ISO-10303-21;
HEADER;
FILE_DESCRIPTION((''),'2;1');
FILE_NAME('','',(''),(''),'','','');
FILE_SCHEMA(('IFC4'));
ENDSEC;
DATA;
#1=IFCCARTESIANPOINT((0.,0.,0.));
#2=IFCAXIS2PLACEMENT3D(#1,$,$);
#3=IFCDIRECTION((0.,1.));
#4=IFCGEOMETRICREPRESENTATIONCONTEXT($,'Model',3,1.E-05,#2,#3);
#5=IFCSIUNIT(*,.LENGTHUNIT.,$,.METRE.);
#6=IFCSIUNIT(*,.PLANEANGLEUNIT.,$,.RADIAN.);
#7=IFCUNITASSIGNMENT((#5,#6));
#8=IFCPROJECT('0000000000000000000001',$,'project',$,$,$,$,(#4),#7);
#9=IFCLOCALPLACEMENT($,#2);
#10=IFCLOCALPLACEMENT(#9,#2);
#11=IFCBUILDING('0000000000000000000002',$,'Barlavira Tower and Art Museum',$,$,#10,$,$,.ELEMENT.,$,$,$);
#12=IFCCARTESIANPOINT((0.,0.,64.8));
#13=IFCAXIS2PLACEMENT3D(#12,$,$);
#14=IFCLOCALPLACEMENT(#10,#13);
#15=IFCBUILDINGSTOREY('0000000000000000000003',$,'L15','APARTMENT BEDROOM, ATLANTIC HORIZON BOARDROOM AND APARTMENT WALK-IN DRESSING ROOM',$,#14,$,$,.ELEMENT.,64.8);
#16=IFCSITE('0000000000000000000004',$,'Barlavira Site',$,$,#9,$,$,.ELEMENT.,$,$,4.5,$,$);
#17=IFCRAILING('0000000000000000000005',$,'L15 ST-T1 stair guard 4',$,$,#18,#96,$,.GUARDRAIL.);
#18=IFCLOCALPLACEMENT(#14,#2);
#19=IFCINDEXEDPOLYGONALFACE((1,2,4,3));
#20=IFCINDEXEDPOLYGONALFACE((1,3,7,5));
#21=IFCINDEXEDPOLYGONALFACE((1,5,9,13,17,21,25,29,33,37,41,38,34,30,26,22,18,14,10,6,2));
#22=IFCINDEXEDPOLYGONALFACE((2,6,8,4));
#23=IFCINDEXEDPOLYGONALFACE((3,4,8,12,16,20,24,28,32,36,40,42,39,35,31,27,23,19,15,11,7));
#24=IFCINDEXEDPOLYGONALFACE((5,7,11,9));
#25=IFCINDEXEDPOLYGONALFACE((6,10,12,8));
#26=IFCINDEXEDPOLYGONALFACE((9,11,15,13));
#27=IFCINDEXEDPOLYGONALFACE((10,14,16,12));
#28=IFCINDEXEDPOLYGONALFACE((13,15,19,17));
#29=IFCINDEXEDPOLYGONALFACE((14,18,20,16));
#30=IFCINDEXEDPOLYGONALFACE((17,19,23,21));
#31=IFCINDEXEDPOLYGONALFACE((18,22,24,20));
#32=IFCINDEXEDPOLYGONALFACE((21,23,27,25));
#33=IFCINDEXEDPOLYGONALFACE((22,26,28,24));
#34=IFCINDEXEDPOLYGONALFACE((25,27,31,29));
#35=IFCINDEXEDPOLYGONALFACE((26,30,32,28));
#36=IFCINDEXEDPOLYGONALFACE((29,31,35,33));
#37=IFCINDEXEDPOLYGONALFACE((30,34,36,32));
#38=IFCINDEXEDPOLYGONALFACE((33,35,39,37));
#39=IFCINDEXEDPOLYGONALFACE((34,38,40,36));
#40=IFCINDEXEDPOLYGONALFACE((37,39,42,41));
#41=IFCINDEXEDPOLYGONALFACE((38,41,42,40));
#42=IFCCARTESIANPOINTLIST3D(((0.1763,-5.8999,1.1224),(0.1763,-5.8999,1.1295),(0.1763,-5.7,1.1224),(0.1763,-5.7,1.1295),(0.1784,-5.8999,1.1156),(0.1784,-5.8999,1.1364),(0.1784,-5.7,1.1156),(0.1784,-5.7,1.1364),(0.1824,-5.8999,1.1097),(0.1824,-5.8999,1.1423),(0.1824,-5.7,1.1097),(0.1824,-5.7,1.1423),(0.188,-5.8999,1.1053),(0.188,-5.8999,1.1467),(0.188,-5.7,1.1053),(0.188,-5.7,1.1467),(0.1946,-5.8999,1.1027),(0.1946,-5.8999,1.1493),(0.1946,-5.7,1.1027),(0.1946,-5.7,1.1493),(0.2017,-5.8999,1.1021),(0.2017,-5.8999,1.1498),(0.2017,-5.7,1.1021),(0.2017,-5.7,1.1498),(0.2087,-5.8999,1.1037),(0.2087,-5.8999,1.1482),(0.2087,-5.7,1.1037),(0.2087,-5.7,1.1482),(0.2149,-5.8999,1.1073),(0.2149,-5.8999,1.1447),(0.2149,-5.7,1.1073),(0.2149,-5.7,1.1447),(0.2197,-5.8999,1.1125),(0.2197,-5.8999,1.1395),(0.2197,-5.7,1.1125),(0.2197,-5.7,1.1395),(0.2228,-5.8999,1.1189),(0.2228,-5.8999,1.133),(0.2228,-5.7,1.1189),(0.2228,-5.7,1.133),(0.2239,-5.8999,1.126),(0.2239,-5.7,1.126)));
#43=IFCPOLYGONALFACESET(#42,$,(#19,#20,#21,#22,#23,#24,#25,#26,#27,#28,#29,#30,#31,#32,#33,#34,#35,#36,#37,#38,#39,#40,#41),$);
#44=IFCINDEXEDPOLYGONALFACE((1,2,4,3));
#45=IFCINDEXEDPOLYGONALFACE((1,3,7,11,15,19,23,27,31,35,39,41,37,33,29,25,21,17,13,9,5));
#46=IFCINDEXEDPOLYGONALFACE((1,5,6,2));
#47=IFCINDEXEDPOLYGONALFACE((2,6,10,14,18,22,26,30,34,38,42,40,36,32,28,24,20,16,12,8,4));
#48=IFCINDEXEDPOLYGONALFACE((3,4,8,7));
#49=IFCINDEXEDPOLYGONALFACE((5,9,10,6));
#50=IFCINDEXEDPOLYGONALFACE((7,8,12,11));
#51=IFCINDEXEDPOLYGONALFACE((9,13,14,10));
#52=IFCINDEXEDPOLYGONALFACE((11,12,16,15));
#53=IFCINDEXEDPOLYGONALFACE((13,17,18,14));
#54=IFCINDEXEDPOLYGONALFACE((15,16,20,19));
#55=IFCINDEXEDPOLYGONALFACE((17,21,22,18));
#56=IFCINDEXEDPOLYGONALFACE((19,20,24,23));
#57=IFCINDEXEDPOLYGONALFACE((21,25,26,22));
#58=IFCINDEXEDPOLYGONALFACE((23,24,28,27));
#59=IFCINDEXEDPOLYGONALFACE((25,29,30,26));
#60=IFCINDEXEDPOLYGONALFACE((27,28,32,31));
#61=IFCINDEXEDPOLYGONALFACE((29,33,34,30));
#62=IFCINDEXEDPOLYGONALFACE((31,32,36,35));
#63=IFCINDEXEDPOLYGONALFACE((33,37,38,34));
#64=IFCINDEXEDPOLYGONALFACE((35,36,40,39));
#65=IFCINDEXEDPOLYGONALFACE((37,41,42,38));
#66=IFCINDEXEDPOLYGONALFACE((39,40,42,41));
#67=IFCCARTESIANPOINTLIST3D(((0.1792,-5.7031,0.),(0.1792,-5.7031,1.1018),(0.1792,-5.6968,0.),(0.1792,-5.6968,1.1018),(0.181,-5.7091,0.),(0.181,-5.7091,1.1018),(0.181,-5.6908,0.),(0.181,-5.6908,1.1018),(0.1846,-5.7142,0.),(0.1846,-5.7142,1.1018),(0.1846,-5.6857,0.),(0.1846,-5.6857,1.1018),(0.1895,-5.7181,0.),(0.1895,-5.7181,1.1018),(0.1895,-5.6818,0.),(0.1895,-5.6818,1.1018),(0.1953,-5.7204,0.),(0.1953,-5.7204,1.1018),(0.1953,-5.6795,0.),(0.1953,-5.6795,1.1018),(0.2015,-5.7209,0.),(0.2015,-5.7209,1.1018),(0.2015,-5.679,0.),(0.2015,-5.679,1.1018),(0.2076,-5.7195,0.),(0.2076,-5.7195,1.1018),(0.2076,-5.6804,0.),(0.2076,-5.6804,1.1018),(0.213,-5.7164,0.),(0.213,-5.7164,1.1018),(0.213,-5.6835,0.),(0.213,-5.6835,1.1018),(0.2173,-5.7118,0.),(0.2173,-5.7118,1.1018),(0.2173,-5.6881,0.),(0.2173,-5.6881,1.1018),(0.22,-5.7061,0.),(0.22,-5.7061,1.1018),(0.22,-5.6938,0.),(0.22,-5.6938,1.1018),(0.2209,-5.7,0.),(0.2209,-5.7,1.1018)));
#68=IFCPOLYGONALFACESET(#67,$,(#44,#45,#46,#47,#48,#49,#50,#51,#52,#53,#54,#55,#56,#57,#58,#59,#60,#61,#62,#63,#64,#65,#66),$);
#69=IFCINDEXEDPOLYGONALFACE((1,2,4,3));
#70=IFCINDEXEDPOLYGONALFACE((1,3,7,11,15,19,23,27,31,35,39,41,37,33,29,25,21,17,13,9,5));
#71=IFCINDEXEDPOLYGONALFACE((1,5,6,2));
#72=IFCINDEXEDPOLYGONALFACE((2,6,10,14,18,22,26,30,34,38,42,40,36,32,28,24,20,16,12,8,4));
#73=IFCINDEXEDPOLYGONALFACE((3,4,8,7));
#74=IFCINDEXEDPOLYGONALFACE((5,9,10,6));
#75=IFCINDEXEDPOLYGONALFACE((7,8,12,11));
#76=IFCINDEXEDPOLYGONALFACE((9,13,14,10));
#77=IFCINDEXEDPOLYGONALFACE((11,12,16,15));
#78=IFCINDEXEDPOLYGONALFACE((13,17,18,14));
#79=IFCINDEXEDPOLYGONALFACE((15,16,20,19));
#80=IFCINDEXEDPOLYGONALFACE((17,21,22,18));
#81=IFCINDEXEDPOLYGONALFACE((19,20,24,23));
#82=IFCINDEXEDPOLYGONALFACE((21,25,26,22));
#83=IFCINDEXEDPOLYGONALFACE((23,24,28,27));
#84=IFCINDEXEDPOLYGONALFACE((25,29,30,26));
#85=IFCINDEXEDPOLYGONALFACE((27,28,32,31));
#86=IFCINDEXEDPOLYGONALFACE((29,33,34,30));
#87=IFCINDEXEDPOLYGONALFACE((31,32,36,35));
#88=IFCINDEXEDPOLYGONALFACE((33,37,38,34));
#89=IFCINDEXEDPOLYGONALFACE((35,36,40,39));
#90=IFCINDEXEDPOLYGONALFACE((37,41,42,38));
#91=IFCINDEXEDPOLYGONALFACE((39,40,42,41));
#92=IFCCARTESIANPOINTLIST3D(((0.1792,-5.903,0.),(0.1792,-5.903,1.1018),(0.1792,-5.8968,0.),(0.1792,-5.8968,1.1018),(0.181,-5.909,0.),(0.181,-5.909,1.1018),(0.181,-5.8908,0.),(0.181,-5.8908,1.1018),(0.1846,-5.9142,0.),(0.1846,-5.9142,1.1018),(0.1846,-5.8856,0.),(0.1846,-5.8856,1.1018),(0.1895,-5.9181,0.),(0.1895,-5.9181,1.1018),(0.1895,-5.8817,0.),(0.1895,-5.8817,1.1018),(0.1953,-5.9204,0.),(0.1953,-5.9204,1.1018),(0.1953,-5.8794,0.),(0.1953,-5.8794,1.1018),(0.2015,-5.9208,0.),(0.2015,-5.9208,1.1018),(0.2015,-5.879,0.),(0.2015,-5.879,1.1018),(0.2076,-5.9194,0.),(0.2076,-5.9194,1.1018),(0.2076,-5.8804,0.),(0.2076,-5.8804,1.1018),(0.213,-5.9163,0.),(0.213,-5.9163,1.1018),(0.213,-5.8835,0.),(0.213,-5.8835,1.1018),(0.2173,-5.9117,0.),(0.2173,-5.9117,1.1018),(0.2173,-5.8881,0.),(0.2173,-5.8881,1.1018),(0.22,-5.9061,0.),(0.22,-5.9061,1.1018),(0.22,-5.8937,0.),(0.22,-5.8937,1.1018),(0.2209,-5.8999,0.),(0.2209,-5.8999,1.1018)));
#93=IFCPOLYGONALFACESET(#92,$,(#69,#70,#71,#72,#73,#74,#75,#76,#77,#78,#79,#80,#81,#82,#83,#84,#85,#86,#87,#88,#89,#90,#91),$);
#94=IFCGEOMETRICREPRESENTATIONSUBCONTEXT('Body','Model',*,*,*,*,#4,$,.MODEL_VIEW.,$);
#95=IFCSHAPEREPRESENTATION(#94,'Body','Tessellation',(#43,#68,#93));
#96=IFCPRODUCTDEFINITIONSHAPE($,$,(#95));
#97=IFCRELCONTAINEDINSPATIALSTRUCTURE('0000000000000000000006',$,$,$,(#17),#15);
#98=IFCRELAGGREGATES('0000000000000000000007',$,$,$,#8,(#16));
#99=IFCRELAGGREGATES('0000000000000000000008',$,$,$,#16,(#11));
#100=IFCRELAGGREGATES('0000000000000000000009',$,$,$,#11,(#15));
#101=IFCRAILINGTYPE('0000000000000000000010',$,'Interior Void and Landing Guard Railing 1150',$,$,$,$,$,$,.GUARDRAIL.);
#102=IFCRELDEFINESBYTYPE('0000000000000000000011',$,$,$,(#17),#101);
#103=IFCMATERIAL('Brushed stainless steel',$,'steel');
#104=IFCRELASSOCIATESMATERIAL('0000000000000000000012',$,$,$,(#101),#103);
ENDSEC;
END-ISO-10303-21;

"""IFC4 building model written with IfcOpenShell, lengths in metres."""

from ifc_helpers import new_model, si_unit, direction, frame, origin, origin_2d, place, context, subcontext, project, spatial, circle, extrude, material, type_object, element, save


model = new_model("IFC4")

# Units and contexts
model_context = context("Model", 3, precision=1e-05, world=origin(), true_north=direction((0.0, 1.0)))
body_context = subcontext(model_context, "Body", "Model", "MODEL_VIEW")
ifc_project = project(units=[si_unit("LENGTHUNIT", "METRE"), si_unit("PLANEANGLEUNIT", "RADIAN")], contexts=[model_context])

# Site, building, storey
site_placement = place(None, origin())
site = spatial("IfcSite", under=ifc_project, at=site_placement, Name="Barlavira Site", CompositionType="ELEMENT", RefElevation=4.5)
building_placement = place(site_placement, origin())
building = spatial("IfcBuilding", under=site, at=building_placement, Name="Barlavira Tower and Art Museum", CompositionType="ELEMENT")
storey_placement = place(building_placement, frame((0.0, 0.0, 64.8)))
storey = spatial("IfcBuildingStorey", under=building, at=storey_placement, Name="L15", Description="APARTMENT BEDROOM, ATLANTIC HORIZON BOARDROOM AND APARTMENT WALK-IN DRESSING ROOM", CompositionType="ELEMENT", Elevation=64.8)

# Shared definitions
ifc_material_1 = material(Name="Brushed stainless steel", Category="steel")

# Railing
railing_type_1 = type_object("IfcRailingType", Name="Interior Void and Landing Guard Railing 1150", PredefinedType="GUARDRAIL", material=ifc_material_1)
railing_1_placement = place(storey_placement, frame((0.2, -5.7, 0.0)))
element("IfcRailing", 1, at=railing_1_placement, inside=storey, type_object=railing_type_1, Name="L15 ST-T1 stair guard 4", PredefinedType="GUARDRAIL", context=body_context, shape_type="SweptSolid", body=[
    extrude(circle(Radius=0.0239, at=origin_2d()), frame((0.0, 0.0, 1.126), z_axis=(0.0, -1.0, 0.0), x_axis=(1.0, 0.0, 0.0)), (0.0, 0.0, 1.0), 0.2),
    extrude(circle(Radius=0.021, at=origin_2d()), origin(), (0.0, 0.0, 1.0), 1.1018),
    extrude(circle(Radius=0.021, at=origin_2d()), frame((0.0, -0.2, 0.0)), (0.0, 0.0, 1.0), 1.1018),
])

save(model, "model.ifc")
